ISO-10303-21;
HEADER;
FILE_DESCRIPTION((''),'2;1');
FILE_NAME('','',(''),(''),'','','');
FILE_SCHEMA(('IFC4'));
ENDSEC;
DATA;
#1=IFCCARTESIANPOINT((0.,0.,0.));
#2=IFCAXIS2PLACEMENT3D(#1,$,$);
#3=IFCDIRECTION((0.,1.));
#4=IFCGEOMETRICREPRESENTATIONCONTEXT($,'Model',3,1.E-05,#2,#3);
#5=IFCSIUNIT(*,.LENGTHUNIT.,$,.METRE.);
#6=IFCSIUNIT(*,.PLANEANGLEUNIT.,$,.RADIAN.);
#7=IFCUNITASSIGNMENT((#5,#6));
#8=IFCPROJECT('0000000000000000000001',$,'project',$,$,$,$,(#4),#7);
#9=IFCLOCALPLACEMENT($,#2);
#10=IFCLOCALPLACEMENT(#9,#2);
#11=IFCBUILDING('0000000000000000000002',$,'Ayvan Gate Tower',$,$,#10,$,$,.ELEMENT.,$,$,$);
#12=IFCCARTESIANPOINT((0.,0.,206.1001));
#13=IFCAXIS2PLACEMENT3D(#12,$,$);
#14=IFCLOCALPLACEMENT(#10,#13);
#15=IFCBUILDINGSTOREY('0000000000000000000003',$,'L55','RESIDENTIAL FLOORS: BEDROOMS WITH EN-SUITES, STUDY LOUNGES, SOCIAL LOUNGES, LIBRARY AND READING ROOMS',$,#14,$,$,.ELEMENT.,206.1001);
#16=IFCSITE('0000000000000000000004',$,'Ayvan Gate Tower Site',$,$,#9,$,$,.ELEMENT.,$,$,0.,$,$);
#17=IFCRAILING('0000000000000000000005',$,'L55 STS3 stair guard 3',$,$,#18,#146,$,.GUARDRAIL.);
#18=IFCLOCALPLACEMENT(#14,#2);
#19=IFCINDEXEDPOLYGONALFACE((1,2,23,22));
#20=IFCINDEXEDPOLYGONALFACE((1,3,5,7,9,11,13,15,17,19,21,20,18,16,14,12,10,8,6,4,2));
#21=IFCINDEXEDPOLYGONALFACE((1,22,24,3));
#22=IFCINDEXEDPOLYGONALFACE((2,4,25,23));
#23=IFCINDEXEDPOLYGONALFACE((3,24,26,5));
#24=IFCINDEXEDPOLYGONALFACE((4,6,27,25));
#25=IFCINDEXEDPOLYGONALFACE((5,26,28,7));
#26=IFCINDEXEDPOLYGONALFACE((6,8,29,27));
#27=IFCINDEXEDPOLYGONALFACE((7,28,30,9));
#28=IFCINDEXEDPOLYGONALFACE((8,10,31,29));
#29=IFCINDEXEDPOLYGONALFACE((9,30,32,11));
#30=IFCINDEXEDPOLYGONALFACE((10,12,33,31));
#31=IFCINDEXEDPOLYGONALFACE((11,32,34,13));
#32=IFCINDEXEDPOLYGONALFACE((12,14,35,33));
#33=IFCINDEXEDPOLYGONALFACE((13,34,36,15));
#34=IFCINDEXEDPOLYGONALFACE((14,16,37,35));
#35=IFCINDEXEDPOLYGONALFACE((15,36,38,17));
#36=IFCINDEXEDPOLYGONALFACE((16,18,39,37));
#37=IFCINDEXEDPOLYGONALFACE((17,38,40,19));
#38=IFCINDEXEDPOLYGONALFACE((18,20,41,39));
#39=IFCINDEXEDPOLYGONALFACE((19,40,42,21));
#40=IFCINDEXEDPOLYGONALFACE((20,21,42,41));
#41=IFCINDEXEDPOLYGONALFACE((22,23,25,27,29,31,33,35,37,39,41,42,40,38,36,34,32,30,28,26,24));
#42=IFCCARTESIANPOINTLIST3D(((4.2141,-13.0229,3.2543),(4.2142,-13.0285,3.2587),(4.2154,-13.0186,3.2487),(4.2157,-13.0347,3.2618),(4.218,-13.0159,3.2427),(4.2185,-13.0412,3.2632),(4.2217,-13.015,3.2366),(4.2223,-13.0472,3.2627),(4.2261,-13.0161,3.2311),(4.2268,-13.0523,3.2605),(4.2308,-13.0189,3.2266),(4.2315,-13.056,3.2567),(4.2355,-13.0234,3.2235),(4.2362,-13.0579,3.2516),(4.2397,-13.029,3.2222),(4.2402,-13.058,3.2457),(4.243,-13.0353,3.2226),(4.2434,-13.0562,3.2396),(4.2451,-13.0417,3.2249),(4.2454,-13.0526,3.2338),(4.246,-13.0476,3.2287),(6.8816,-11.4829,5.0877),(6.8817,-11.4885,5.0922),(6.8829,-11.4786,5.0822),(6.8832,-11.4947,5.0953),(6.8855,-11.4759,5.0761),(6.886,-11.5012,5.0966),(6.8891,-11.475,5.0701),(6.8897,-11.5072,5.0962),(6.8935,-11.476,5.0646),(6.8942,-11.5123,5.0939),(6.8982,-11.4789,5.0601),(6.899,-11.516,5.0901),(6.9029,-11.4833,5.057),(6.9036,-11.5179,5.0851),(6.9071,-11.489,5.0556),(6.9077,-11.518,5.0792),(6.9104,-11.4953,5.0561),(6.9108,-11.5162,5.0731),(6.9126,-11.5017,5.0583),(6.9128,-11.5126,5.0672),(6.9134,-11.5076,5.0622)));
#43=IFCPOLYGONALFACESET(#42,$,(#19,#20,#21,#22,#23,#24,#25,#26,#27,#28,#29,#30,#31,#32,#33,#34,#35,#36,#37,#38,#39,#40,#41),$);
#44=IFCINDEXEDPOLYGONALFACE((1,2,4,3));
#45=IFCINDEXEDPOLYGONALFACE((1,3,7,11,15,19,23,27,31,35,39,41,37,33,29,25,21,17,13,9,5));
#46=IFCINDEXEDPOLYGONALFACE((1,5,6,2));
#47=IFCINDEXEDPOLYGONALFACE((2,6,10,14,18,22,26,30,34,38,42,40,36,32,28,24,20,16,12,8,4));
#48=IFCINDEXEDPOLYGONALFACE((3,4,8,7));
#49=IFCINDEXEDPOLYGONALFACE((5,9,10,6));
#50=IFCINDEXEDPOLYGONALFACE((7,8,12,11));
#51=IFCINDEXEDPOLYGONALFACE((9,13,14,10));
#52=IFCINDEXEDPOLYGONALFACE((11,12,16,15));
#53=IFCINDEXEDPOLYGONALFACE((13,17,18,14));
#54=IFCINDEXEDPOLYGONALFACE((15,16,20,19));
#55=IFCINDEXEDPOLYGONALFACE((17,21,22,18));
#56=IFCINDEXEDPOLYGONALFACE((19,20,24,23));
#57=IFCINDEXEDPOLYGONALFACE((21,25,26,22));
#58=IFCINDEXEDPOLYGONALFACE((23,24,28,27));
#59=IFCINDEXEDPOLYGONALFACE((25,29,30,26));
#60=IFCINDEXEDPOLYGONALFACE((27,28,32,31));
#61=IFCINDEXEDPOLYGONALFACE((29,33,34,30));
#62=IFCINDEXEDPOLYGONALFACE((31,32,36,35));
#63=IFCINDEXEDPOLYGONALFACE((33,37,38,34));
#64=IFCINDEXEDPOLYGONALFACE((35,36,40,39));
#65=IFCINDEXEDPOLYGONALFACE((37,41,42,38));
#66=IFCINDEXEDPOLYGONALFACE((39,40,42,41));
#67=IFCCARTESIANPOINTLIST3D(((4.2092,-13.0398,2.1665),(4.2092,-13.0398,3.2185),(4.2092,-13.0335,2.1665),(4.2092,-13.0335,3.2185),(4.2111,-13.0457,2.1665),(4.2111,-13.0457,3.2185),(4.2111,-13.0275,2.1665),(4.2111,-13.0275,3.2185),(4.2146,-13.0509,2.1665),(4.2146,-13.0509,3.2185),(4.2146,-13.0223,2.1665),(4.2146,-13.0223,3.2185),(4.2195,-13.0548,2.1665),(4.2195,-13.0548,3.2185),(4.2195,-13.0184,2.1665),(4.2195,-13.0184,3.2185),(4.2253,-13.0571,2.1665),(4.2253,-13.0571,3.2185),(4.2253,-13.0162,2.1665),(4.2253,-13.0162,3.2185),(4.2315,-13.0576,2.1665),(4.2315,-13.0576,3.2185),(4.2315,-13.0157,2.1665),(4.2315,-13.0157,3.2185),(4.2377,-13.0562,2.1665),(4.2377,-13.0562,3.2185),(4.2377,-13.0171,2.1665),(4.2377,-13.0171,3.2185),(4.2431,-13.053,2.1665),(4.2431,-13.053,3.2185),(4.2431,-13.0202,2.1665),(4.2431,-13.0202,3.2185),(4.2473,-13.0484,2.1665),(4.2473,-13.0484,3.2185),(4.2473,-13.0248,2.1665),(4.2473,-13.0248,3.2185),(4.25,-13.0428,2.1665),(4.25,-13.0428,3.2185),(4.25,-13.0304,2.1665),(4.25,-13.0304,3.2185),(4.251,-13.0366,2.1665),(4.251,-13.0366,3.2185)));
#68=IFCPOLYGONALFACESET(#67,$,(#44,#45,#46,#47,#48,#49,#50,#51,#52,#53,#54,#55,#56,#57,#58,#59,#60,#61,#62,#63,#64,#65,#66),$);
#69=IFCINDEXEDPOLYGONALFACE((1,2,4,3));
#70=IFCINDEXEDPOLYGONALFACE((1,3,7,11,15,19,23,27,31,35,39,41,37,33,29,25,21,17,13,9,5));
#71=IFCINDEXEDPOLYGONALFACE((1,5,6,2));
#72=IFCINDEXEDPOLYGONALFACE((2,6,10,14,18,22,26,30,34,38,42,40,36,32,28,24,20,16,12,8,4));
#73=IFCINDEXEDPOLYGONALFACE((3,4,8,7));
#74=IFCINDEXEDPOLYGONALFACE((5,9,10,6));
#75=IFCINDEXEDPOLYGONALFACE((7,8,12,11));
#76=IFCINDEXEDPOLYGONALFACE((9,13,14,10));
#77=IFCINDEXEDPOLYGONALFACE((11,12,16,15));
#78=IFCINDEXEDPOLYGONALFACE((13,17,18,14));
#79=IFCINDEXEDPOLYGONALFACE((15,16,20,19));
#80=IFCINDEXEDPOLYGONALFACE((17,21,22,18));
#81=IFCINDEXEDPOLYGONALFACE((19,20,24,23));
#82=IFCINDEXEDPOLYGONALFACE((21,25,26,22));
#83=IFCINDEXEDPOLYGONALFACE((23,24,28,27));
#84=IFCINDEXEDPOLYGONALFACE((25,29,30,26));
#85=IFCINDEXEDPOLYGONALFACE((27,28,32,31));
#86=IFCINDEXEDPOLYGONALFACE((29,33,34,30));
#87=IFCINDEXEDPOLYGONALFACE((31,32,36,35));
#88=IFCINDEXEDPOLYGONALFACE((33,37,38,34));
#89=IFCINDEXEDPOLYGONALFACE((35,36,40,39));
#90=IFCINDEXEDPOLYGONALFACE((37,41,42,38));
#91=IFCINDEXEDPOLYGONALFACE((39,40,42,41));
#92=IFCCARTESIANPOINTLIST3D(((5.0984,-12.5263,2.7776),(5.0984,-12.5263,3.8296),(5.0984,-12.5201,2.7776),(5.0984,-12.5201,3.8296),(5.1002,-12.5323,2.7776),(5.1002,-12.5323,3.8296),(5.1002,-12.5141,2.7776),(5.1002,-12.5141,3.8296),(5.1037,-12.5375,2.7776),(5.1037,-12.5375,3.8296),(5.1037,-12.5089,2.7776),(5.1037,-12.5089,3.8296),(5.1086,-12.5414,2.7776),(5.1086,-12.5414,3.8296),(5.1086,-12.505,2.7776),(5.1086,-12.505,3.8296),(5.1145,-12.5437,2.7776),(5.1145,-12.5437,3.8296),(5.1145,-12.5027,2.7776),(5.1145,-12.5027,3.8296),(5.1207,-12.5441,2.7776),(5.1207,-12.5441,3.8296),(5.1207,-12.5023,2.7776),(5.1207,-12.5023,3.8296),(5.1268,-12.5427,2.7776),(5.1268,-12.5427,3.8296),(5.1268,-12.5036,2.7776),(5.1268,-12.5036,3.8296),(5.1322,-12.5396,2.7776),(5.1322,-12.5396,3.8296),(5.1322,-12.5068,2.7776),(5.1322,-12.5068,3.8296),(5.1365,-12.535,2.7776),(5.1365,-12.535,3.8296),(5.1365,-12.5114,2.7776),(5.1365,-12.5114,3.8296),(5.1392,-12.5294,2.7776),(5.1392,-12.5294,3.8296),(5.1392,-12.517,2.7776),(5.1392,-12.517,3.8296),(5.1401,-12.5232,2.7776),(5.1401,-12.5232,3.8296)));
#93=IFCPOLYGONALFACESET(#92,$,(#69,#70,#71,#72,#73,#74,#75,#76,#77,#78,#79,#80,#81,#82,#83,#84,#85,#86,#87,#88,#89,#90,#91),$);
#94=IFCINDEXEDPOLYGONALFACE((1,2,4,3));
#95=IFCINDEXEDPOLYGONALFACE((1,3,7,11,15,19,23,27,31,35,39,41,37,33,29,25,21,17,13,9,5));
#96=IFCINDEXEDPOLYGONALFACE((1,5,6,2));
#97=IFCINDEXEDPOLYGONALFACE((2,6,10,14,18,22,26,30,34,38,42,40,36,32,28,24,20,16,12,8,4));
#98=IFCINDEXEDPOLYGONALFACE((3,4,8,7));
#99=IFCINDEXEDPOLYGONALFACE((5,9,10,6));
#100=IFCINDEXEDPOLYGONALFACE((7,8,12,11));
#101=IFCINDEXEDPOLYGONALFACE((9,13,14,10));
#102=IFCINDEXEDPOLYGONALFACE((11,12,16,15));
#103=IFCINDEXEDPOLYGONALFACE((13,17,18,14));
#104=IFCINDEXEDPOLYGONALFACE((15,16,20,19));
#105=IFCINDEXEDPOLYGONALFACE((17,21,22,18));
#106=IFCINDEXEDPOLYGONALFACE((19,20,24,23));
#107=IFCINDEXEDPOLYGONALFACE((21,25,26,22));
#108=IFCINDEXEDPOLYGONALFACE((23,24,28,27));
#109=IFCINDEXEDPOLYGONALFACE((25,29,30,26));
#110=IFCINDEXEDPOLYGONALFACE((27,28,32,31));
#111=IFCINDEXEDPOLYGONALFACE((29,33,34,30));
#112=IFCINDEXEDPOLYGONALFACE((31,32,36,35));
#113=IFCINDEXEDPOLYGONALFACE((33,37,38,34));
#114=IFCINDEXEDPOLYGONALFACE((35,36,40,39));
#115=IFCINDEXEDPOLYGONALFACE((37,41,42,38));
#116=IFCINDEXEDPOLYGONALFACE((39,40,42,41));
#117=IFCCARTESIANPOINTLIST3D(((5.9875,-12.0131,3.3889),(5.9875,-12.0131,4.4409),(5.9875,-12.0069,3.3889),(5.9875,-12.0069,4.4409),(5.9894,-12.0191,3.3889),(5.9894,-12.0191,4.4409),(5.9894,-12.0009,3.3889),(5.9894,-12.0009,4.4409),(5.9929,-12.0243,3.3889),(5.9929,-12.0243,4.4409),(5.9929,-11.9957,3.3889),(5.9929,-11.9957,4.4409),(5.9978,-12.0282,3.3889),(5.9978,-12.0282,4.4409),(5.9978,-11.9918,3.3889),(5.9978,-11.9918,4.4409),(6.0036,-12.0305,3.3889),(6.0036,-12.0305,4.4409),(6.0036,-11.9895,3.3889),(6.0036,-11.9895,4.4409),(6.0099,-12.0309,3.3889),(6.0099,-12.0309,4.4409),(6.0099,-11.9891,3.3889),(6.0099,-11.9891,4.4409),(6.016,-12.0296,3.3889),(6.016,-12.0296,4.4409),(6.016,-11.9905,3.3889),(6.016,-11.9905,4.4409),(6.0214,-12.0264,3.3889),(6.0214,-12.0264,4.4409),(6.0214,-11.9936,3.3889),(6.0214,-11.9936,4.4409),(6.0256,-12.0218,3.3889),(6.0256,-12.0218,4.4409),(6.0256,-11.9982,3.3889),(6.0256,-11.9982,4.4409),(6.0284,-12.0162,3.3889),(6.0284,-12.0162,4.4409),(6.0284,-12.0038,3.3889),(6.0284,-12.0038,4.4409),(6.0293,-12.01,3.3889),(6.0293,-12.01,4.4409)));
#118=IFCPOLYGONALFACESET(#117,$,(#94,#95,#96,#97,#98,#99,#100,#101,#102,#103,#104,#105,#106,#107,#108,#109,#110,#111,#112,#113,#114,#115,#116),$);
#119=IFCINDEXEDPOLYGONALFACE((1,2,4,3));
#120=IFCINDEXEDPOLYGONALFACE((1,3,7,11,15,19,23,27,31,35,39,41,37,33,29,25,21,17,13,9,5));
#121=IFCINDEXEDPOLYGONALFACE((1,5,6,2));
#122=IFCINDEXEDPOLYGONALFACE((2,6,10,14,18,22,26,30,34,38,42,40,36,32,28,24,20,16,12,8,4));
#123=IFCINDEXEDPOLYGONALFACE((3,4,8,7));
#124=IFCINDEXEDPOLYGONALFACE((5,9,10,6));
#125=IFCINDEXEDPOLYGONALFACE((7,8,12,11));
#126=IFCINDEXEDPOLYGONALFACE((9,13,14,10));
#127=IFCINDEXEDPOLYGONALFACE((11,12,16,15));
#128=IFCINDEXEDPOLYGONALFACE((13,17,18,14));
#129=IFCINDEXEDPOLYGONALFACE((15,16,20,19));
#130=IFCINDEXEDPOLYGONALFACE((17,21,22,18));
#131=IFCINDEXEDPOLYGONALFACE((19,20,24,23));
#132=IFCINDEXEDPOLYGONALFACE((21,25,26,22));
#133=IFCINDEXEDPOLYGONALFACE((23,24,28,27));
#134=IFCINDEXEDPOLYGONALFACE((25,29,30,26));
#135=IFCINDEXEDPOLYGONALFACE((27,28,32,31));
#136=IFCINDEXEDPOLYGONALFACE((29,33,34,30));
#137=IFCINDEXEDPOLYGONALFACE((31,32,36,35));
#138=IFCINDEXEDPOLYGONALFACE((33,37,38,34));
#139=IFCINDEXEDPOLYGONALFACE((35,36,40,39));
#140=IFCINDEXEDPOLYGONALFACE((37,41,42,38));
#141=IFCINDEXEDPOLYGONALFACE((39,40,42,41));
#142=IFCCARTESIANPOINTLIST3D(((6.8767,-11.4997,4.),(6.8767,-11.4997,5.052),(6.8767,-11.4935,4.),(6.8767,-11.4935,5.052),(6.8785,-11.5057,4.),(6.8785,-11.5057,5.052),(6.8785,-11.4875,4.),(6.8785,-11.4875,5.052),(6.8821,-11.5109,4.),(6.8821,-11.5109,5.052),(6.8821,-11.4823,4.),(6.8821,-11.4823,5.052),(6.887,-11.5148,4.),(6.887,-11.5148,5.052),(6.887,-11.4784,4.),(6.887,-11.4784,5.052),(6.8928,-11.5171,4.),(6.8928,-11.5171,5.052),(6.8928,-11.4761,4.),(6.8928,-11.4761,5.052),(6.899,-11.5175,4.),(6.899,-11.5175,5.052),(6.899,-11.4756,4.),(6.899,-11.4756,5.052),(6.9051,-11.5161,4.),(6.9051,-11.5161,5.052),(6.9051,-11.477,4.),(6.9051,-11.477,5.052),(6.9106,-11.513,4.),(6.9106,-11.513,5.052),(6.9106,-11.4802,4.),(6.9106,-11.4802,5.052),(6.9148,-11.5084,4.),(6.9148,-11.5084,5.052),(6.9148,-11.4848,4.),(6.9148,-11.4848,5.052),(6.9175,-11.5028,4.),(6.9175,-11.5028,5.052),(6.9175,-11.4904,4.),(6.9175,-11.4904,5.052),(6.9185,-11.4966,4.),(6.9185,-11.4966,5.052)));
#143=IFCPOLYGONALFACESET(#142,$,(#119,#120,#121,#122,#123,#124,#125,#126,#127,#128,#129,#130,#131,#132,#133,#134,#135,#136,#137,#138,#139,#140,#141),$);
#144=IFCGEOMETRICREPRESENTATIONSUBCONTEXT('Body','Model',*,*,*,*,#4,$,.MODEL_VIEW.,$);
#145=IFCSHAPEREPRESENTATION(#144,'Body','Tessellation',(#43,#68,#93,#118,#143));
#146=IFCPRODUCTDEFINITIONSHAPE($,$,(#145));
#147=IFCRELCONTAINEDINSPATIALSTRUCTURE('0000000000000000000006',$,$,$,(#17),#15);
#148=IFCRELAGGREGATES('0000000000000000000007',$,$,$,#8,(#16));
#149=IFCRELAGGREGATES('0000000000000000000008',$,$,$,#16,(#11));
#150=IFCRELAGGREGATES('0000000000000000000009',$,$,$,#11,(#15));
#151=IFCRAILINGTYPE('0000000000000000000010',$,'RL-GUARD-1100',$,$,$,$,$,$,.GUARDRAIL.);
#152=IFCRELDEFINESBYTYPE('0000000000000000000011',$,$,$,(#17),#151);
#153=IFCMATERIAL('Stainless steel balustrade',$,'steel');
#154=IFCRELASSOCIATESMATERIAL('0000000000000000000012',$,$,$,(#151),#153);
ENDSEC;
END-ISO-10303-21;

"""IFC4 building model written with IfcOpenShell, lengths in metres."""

from ifc_helpers import new_model, si_unit, direction, frame, origin, origin_2d, place, context, subcontext, project, spatial, circle, extrude, material, type_object, element, save


model = new_model("IFC4")

# Units and contexts
model_context = context("Model", 3, precision=1e-05, world=origin(), true_north=direction((0.0, 1.0)))
body_context = subcontext(model_context, "Body", "Model", "MODEL_VIEW")
ifc_project = project(units=[si_unit("LENGTHUNIT", "METRE"), si_unit("PLANEANGLEUNIT", "RADIAN")], contexts=[model_context])

# Site, building, storey
site_placement = place(None, origin())
site = spatial("IfcSite", under=ifc_project, at=site_placement, Name="Ayvan Gate Tower Site", CompositionType="ELEMENT", RefElevation=0.0)
building_placement = place(site_placement, origin())
building = spatial("IfcBuilding", under=site, at=building_placement, Name="Ayvan Gate Tower", CompositionType="ELEMENT")
storey_placement = place(building_placement, frame((0.0, 0.0, 206.1001)))
storey = spatial("IfcBuildingStorey", under=building, at=storey_placement, Name="L55", Description="RESIDENTIAL FLOORS: BEDROOMS WITH EN-SUITES, STUDY LOUNGES, SOCIAL LOUNGES, LIBRARY AND READING ROOMS", CompositionType="ELEMENT", Elevation=206.1001)

# Railing
ifc_material_1 = material(Name="Stainless steel balustrade", Category="steel")
railing_type_1 = type_object("IfcRailingType", Name="RL-GUARD-1100", PredefinedType="GUARDRAIL", material=ifc_material_1)
railing_1_placement = place(storey_placement, frame((4.23, -13.0366, 2.1665)))
element("IfcRailing", 1, at=railing_1_placement, inside=storey, type_object=railing_type_1, Name="L55 STS3 stair guard 3", PredefinedType="GUARDRAIL", context=body_context, shape_type="SweptSolid", body=[
    extrude(circle(Radius=0.0239, at=origin_2d()), frame((0.0, 0.0, 1.0762), z_axis=(0.744164, 0.429634, 0.511502), x_axis=(-0.499992, 0.86603, 0.0)), (0.0, 0.0, 1.0), 3.5845),
    extrude(circle(Radius=0.021, at=origin_2d()), origin(), (0.0, 0.0, 1.0), 1.052),
    extrude(circle(Radius=0.021, at=origin_2d()), frame((0.8892, 0.5134, 0.6111)), (0.0, 0.0, 1.0), 1.052),
    extrude(circle(Radius=0.021, at=origin_2d()), frame((1.7783, 1.0266, 1.2224)), (0.0, 0.0, 1.0), 1.052),
    extrude(circle(Radius=0.021, at=origin_2d()), frame((2.6675, 1.54, 1.8335)), (0.0, 0.0, 1.0), 1.052),
])

save(model, "model.ifc")
